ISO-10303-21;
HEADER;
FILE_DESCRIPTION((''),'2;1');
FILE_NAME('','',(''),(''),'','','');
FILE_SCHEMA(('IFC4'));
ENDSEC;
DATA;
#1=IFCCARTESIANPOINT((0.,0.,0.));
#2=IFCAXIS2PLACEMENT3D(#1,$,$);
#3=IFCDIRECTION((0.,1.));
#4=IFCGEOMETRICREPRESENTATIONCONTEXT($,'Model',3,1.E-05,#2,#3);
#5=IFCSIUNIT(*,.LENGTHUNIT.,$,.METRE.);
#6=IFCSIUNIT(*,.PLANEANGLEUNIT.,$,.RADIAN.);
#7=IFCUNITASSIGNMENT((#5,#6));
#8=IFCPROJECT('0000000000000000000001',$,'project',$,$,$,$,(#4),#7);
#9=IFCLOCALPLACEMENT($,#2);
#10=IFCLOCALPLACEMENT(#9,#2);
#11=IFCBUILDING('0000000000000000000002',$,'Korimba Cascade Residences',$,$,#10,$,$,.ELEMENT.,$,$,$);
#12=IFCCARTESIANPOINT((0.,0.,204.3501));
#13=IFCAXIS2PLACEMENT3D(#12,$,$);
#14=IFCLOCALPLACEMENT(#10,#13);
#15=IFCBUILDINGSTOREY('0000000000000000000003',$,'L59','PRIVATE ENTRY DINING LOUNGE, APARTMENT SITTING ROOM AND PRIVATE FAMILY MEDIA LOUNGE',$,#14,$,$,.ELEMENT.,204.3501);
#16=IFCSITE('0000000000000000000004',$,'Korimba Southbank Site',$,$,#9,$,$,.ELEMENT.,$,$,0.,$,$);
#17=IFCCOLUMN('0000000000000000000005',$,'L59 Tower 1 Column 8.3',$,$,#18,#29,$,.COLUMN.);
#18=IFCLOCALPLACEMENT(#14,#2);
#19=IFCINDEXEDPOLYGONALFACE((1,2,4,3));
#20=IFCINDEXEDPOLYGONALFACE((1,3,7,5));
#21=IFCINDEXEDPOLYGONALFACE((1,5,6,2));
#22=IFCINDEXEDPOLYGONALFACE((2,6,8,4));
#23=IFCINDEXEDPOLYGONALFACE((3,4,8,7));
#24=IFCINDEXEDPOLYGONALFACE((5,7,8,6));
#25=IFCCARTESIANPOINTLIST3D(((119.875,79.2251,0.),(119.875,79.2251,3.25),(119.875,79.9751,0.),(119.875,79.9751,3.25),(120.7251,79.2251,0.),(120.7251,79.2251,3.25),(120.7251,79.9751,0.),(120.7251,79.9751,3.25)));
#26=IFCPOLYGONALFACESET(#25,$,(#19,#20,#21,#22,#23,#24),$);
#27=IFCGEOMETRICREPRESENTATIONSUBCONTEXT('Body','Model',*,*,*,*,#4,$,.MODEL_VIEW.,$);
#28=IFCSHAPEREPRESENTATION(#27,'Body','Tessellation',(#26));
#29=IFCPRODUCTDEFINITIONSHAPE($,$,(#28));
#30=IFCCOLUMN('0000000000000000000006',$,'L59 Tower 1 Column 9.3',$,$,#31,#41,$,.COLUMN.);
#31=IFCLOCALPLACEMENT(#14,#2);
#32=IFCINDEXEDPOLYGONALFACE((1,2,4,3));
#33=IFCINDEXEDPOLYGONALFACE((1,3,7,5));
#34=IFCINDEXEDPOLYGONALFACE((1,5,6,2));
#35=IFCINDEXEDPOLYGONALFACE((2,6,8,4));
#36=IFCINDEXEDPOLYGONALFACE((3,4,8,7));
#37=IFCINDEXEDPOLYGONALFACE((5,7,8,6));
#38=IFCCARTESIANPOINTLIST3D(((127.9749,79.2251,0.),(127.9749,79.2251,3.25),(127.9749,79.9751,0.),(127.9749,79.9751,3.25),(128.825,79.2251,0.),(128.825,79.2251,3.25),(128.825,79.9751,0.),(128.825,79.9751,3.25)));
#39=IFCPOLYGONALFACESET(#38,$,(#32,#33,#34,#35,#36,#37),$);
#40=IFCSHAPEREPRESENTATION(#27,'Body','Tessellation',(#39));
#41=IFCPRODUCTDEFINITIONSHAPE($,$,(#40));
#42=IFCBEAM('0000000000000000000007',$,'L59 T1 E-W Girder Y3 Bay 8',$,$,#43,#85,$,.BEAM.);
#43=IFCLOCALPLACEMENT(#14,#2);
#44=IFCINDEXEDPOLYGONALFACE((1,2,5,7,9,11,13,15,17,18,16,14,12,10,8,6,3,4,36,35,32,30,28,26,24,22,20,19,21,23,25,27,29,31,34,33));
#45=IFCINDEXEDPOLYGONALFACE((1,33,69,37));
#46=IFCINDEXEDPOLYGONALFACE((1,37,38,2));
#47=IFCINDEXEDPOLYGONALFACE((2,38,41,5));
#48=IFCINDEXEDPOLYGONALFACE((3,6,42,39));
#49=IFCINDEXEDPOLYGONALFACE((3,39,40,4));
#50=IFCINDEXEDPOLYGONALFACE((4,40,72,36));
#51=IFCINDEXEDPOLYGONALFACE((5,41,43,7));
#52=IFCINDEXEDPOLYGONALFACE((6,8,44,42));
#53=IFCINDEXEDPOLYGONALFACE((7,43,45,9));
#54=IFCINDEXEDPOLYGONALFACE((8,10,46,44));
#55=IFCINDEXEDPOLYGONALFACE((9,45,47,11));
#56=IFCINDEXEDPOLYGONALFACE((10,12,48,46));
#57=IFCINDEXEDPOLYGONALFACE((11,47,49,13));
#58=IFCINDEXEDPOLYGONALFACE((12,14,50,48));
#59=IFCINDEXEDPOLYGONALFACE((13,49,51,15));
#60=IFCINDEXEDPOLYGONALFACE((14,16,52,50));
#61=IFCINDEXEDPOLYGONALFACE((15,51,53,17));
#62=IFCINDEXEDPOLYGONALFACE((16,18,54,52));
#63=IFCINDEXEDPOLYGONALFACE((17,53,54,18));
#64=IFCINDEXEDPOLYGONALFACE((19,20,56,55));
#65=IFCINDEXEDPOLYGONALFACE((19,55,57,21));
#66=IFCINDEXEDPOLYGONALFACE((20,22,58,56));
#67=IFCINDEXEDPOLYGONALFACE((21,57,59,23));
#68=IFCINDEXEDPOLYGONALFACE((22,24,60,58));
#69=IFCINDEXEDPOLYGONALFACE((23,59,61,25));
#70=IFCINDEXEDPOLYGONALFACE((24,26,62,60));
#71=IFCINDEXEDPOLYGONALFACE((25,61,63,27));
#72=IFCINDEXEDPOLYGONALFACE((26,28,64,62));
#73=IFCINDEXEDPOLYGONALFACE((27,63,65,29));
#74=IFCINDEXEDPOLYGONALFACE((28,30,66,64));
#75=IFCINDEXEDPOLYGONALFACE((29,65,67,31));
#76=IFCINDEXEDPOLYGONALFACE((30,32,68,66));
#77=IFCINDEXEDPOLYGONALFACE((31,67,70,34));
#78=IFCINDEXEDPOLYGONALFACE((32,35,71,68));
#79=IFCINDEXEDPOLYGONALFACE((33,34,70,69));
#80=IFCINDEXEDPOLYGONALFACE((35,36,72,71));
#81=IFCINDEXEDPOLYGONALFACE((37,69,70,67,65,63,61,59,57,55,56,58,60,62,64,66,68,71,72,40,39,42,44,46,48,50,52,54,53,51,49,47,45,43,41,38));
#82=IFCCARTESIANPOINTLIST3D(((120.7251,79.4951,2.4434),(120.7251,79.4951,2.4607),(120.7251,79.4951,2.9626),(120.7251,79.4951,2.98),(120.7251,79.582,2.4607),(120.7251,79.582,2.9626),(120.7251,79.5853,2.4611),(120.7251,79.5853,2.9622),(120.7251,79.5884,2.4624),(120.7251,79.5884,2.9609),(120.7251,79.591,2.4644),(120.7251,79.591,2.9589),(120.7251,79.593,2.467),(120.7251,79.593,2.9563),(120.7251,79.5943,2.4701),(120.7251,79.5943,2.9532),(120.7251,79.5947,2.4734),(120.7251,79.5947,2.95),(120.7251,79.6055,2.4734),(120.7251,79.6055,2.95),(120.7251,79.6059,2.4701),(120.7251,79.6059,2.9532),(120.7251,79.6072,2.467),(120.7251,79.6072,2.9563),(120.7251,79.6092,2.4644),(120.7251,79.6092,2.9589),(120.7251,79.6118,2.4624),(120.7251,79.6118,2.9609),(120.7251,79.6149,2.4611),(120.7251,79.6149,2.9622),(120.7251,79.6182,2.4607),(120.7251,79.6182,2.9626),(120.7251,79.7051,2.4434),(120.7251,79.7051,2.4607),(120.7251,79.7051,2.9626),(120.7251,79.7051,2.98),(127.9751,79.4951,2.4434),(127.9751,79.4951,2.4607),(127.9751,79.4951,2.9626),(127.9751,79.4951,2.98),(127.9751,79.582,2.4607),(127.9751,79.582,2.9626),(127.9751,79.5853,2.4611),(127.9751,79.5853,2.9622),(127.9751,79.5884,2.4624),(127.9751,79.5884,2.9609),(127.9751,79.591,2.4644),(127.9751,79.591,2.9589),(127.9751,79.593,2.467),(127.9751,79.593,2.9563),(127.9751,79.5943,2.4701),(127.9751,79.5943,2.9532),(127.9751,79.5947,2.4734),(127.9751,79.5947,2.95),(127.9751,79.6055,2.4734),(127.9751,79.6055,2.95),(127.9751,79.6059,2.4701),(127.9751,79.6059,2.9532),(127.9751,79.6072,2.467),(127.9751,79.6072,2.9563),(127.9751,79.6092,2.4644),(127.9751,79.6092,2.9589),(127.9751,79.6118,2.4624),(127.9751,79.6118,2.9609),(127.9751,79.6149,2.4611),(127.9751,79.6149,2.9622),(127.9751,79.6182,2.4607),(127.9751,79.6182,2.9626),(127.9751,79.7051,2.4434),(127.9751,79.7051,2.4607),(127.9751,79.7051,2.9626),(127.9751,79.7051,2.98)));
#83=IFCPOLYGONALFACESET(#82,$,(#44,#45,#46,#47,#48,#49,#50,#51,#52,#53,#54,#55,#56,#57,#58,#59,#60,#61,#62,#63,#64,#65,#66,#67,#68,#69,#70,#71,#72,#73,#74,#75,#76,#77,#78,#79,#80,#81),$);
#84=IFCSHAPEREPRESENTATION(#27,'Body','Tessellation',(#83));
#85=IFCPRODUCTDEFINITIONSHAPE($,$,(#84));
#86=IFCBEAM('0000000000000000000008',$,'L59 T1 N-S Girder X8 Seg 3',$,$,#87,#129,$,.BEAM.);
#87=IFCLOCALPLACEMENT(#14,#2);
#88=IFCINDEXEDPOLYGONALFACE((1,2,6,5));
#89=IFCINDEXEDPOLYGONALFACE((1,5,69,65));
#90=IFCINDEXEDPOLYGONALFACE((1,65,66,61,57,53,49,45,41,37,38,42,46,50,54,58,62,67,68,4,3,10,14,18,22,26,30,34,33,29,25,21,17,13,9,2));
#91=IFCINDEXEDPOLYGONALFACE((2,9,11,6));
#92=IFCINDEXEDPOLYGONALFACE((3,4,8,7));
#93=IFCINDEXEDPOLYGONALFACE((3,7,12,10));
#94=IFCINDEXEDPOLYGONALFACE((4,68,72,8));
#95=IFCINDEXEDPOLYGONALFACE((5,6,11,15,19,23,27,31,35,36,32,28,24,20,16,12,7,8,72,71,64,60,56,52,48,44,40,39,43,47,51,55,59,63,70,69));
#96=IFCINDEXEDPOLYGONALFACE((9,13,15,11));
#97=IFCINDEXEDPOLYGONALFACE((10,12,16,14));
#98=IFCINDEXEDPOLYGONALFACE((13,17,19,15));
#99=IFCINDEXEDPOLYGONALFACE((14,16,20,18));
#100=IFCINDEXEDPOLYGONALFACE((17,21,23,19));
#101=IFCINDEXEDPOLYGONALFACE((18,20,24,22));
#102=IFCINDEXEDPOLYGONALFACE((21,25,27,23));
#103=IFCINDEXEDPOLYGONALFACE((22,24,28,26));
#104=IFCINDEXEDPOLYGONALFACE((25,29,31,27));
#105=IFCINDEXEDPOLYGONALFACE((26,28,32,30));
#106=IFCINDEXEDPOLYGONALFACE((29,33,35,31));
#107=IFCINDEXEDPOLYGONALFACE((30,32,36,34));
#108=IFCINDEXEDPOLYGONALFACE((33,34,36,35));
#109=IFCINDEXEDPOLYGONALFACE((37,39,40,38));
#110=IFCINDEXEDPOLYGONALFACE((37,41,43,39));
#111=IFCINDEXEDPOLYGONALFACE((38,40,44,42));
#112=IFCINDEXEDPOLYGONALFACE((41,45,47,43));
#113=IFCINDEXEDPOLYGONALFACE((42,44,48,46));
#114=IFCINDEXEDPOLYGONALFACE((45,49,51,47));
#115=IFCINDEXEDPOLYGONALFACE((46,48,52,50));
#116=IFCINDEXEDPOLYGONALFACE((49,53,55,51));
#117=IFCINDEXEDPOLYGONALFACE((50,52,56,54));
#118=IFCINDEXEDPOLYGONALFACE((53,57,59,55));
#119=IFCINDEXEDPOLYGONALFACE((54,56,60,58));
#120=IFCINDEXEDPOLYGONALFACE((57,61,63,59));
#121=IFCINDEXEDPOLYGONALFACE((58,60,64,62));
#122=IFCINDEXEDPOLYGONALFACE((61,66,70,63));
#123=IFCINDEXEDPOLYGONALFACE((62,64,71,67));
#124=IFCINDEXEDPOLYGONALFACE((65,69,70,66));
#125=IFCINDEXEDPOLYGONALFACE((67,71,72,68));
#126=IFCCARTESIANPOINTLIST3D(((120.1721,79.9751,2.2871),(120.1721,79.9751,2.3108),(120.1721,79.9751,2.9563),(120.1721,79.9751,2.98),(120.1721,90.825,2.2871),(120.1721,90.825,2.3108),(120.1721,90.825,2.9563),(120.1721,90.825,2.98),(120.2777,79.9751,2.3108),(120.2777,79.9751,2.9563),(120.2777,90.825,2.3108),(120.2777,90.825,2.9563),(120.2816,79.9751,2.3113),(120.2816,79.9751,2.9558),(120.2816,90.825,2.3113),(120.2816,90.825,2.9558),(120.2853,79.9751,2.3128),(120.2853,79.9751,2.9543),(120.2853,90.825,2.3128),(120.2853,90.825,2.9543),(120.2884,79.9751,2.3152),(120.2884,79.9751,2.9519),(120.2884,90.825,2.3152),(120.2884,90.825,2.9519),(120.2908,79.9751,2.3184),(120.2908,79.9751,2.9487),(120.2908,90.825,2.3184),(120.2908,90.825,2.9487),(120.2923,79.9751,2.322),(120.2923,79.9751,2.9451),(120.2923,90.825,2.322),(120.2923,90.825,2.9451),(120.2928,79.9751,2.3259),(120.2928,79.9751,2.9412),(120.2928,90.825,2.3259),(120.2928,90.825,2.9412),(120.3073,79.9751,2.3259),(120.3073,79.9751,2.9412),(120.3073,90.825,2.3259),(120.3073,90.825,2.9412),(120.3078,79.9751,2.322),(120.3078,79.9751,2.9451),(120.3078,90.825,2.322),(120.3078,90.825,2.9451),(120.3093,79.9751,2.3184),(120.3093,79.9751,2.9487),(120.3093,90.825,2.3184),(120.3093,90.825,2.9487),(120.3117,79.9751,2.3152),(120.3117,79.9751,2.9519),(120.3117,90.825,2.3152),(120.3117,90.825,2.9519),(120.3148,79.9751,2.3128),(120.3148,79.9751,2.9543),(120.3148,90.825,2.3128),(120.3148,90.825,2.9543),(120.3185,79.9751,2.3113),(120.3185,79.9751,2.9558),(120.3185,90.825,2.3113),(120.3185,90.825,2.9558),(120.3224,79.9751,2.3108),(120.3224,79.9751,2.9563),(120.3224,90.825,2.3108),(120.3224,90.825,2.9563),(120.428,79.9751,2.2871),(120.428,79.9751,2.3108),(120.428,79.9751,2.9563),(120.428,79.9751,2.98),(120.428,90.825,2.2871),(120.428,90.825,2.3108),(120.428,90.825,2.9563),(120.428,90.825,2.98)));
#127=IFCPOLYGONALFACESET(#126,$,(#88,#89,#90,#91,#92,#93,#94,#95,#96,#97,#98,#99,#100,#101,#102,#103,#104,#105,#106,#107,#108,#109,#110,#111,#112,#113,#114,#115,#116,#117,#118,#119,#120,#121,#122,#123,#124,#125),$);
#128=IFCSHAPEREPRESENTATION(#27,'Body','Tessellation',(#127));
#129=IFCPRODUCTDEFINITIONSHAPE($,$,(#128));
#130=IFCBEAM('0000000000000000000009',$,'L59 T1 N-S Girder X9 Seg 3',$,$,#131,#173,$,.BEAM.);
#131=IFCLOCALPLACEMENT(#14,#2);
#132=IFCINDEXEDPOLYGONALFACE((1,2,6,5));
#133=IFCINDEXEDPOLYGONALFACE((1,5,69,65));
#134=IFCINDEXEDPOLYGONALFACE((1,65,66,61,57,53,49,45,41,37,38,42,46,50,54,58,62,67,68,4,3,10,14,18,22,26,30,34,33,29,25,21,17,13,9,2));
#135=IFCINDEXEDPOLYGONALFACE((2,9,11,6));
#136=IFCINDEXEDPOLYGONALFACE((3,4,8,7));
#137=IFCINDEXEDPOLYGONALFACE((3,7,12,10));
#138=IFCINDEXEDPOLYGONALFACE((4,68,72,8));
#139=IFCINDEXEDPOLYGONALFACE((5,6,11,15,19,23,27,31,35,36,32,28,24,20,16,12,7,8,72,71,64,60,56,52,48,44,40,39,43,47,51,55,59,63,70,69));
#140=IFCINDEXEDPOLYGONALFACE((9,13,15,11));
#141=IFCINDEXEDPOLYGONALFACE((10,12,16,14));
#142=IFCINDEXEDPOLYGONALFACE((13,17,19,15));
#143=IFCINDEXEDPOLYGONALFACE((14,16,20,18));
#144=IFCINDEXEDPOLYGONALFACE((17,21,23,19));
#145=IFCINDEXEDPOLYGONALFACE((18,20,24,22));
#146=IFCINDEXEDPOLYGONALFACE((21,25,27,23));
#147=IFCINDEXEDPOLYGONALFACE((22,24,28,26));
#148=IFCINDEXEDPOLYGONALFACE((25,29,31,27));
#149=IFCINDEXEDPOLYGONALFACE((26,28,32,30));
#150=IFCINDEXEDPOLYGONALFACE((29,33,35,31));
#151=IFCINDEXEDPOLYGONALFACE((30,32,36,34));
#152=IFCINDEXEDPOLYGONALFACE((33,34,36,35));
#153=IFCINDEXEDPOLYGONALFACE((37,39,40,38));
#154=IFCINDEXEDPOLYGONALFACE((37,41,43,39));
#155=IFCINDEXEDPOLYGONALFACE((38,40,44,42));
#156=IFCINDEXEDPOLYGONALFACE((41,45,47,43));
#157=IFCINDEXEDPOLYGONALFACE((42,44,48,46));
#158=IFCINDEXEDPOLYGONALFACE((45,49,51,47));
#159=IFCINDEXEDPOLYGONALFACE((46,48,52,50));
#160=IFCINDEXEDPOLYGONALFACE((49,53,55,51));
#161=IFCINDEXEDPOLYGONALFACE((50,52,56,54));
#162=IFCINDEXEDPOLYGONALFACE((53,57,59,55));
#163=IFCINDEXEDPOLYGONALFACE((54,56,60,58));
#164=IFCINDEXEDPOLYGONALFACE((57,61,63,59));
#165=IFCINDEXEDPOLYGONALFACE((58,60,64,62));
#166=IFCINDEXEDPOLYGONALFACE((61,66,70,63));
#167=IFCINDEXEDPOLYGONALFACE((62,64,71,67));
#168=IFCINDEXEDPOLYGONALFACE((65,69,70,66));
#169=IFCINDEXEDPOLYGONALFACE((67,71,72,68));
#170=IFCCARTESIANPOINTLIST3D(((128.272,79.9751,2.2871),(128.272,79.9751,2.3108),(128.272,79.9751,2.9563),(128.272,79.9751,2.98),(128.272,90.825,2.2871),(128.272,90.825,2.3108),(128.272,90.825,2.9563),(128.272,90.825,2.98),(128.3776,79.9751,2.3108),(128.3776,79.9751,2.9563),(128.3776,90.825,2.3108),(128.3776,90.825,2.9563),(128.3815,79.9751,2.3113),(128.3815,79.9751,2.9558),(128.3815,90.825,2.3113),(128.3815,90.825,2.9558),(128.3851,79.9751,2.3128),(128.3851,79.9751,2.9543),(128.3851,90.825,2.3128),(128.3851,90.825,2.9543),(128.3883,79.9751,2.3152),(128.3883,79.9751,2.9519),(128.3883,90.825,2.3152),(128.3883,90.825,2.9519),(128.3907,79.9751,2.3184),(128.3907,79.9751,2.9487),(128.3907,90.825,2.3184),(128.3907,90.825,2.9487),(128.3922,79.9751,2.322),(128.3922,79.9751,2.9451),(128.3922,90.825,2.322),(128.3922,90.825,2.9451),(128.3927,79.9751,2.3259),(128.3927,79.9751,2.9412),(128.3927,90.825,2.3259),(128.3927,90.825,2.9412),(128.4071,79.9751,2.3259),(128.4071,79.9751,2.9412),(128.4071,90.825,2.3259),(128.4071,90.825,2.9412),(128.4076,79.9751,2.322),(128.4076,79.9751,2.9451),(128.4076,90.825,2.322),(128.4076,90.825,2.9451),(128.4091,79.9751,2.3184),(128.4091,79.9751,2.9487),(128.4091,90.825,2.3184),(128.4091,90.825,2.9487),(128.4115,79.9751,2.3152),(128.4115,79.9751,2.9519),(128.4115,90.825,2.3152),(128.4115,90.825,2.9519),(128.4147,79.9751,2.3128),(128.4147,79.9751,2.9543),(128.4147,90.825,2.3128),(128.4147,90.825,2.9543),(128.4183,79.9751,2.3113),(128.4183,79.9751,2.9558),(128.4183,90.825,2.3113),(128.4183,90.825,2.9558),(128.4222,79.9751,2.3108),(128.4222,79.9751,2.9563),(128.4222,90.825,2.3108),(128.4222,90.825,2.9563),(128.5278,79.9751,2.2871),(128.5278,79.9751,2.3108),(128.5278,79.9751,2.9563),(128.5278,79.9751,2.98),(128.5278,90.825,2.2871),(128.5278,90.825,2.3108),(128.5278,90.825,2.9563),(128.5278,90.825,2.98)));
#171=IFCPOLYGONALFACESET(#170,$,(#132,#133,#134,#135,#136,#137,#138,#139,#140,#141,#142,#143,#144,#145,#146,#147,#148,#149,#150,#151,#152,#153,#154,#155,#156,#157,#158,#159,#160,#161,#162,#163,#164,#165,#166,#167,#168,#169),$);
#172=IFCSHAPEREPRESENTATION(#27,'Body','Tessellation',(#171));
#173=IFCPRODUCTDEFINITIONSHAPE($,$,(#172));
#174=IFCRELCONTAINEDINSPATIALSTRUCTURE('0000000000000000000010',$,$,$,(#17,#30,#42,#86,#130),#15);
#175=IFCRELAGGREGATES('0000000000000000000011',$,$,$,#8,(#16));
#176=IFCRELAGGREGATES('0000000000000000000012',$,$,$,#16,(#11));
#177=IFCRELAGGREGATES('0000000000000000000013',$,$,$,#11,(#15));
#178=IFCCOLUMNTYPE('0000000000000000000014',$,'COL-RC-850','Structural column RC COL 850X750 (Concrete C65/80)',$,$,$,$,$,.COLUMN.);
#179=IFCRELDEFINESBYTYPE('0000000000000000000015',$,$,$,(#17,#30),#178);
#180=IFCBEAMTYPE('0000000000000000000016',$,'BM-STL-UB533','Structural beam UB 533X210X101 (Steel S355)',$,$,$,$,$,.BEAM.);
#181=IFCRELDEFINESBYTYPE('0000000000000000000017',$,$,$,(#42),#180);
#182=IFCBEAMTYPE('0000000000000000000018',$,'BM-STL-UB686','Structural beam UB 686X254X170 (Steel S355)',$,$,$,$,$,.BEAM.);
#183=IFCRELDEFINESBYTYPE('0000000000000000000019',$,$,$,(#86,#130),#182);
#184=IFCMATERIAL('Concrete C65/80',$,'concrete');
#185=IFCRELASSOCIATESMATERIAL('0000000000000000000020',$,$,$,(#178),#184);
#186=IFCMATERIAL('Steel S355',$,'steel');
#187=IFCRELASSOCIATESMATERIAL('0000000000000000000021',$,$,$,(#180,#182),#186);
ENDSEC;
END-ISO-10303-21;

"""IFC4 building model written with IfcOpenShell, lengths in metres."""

from ifc_helpers import new_model, si_unit, direction, frame, origin, origin_2d, place, context, subcontext, project, spatial, rectangle, i_section, extrude, material, material_profile, profile_set, type_object, element, save


model = new_model("IFC4")

# Units and contexts
model_context = context("Model", 3, precision=1e-05, world=origin(), true_north=direction((0.0, 1.0)))
body_context = subcontext(model_context, "Body", "Model", "MODEL_VIEW")
ifc_project = project(units=[si_unit("LENGTHUNIT", "METRE"), si_unit("PLANEANGLEUNIT", "RADIAN")], contexts=[model_context])

# Site, building, storey
site_placement = place(None, origin())
site = spatial("IfcSite", under=ifc_project, at=site_placement, Name="Korimba Southbank Site", CompositionType="ELEMENT", RefElevation=0.0)
building_placement = place(site_placement, origin())
building = spatial("IfcBuilding", under=site, at=building_placement, Name="Korimba Cascade Residences", CompositionType="ELEMENT")
storey_placement = place(building_placement, frame((0.0, 0.0, 204.3501)))
storey = spatial("IfcBuildingStorey", under=building, at=storey_placement, Name="L59", Description="PRIVATE ENTRY DINING LOUNGE, APARTMENT SITTING ROOM AND PRIVATE FAMILY MEDIA LOUNGE", CompositionType="ELEMENT", Elevation=204.3501)

# Columns
ifc_material_1 = material(Name="Concrete C65/80", Category="concrete")
ifc_material_profile_1 = material_profile(ifc_material_1, rectangle(XDim=0.8501, YDim=0.75, at=origin_2d()), Name="Concrete C65/80")
ifc_profile_set_1 = profile_set([ifc_material_profile_1], Name="Concrete C65/80")
column_type = type_object("IfcColumnType", Name="COL-RC-850", Description="Structural column RC COL 850X750 (Concrete C65/80)", PredefinedType="COLUMN", material=ifc_profile_set_1)
for number, where, z_axis, x_axis, name in (
    (1, (120.3, 79.6001, 0.0), (0.0, 0.0, 1.0), (1.0, 0.0, 0.0), "L59 Tower 1 Column 8.3"),
    (2, (128.3999, 79.6001, 0.0), (0.0, 0.0, 1.0), (1.0, 0.0, 0.0), "L59 Tower 1 Column 9.3"),
):
    element("IfcColumn", number, at=place(storey_placement, frame(where, z_axis=z_axis, x_axis=x_axis)), inside=storey, type_object=column_type, Name=name, PredefinedType="COLUMN", context=body_context, shape_type="SweptSolid", body=[
        extrude(rectangle(XDim=0.8501, YDim=0.75, at=origin_2d()), origin(), (0.0, 0.0, 1.0), 3.25),
    ])

# Beams
ifc_material_2 = material(Name="Steel S355", Category="steel")
ifc_material_profile_2 = material_profile(ifc_material_2, i_section(OverallWidth=0.21, OverallDepth=0.5366, WebThickness=0.0107, FlangeThickness=0.0173, FilletRadius=0.0127, at=origin_2d()), Name="Steel S355")
ifc_profile_set_2 = profile_set([ifc_material_profile_2], Name="Steel S355")
beam_type_1 = type_object("IfcBeamType", Name="BM-STL-UB533", Description="Structural beam UB 533X210X101 (Steel S355)", PredefinedType="BEAM", material=ifc_profile_set_2)
beam_placement = place(storey_placement, frame((120.7251, 79.6001, 2.7117), z_axis=(1.0, 0.0, 0.0), x_axis=(0.0, 1.0, 0.0)))
element("IfcBeam", 3, at=beam_placement, inside=storey, type_object=beam_type_1, Name="L59 T1 E-W Girder Y3 Bay 8", PredefinedType="BEAM", context=body_context, shape_type="SweptSolid", body=[
    extrude(i_section(OverallWidth=0.21, OverallDepth=0.5366, WebThickness=0.0107, FlangeThickness=0.0173, FilletRadius=0.0127, at=origin_2d()), origin(), (0.0, 0.0, 1.0), 7.25),
])
ifc_material_profile_3 = material_profile(ifc_material_2, i_section(OverallWidth=0.2559, OverallDepth=0.6929, WebThickness=0.0144, FlangeThickness=0.0237, FilletRadius=0.0151, at=origin_2d()), Name="Steel S355")
ifc_profile_set_3 = profile_set([ifc_material_profile_3], Name="Steel S355")
beam_type_2 = type_object("IfcBeamType", Name="BM-STL-UB686", Description="Structural beam UB 686X254X170 (Steel S355)", PredefinedType="BEAM", material=ifc_profile_set_3)
for number, where, z_axis, x_axis, name in (
    (4, (120.3, 79.9751, 2.6335), (0.0, 1.0, 0.0), (-1.0, 0.0, 0.0), "L59 T1 N-S Girder X8 Seg 3"),
    (5, (128.3999, 79.9751, 2.6335), (0.0, 1.0, 0.0), (-1.0, 0.0, 0.0), "L59 T1 N-S Girder X9 Seg 3"),
):
    element("IfcBeam", number, at=place(storey_placement, frame(where, z_axis=z_axis, x_axis=x_axis)), inside=storey, type_object=beam_type_2, Name=name, PredefinedType="BEAM", context=body_context, shape_type="SweptSolid", body=[
        extrude(i_section(OverallWidth=0.2559, OverallDepth=0.6929, WebThickness=0.0144, FlangeThickness=0.0237, FilletRadius=0.0151, at=origin_2d()), origin(), (0.0, 0.0, 1.0), 10.8499),
    ])

save(model, "model.ifc")
